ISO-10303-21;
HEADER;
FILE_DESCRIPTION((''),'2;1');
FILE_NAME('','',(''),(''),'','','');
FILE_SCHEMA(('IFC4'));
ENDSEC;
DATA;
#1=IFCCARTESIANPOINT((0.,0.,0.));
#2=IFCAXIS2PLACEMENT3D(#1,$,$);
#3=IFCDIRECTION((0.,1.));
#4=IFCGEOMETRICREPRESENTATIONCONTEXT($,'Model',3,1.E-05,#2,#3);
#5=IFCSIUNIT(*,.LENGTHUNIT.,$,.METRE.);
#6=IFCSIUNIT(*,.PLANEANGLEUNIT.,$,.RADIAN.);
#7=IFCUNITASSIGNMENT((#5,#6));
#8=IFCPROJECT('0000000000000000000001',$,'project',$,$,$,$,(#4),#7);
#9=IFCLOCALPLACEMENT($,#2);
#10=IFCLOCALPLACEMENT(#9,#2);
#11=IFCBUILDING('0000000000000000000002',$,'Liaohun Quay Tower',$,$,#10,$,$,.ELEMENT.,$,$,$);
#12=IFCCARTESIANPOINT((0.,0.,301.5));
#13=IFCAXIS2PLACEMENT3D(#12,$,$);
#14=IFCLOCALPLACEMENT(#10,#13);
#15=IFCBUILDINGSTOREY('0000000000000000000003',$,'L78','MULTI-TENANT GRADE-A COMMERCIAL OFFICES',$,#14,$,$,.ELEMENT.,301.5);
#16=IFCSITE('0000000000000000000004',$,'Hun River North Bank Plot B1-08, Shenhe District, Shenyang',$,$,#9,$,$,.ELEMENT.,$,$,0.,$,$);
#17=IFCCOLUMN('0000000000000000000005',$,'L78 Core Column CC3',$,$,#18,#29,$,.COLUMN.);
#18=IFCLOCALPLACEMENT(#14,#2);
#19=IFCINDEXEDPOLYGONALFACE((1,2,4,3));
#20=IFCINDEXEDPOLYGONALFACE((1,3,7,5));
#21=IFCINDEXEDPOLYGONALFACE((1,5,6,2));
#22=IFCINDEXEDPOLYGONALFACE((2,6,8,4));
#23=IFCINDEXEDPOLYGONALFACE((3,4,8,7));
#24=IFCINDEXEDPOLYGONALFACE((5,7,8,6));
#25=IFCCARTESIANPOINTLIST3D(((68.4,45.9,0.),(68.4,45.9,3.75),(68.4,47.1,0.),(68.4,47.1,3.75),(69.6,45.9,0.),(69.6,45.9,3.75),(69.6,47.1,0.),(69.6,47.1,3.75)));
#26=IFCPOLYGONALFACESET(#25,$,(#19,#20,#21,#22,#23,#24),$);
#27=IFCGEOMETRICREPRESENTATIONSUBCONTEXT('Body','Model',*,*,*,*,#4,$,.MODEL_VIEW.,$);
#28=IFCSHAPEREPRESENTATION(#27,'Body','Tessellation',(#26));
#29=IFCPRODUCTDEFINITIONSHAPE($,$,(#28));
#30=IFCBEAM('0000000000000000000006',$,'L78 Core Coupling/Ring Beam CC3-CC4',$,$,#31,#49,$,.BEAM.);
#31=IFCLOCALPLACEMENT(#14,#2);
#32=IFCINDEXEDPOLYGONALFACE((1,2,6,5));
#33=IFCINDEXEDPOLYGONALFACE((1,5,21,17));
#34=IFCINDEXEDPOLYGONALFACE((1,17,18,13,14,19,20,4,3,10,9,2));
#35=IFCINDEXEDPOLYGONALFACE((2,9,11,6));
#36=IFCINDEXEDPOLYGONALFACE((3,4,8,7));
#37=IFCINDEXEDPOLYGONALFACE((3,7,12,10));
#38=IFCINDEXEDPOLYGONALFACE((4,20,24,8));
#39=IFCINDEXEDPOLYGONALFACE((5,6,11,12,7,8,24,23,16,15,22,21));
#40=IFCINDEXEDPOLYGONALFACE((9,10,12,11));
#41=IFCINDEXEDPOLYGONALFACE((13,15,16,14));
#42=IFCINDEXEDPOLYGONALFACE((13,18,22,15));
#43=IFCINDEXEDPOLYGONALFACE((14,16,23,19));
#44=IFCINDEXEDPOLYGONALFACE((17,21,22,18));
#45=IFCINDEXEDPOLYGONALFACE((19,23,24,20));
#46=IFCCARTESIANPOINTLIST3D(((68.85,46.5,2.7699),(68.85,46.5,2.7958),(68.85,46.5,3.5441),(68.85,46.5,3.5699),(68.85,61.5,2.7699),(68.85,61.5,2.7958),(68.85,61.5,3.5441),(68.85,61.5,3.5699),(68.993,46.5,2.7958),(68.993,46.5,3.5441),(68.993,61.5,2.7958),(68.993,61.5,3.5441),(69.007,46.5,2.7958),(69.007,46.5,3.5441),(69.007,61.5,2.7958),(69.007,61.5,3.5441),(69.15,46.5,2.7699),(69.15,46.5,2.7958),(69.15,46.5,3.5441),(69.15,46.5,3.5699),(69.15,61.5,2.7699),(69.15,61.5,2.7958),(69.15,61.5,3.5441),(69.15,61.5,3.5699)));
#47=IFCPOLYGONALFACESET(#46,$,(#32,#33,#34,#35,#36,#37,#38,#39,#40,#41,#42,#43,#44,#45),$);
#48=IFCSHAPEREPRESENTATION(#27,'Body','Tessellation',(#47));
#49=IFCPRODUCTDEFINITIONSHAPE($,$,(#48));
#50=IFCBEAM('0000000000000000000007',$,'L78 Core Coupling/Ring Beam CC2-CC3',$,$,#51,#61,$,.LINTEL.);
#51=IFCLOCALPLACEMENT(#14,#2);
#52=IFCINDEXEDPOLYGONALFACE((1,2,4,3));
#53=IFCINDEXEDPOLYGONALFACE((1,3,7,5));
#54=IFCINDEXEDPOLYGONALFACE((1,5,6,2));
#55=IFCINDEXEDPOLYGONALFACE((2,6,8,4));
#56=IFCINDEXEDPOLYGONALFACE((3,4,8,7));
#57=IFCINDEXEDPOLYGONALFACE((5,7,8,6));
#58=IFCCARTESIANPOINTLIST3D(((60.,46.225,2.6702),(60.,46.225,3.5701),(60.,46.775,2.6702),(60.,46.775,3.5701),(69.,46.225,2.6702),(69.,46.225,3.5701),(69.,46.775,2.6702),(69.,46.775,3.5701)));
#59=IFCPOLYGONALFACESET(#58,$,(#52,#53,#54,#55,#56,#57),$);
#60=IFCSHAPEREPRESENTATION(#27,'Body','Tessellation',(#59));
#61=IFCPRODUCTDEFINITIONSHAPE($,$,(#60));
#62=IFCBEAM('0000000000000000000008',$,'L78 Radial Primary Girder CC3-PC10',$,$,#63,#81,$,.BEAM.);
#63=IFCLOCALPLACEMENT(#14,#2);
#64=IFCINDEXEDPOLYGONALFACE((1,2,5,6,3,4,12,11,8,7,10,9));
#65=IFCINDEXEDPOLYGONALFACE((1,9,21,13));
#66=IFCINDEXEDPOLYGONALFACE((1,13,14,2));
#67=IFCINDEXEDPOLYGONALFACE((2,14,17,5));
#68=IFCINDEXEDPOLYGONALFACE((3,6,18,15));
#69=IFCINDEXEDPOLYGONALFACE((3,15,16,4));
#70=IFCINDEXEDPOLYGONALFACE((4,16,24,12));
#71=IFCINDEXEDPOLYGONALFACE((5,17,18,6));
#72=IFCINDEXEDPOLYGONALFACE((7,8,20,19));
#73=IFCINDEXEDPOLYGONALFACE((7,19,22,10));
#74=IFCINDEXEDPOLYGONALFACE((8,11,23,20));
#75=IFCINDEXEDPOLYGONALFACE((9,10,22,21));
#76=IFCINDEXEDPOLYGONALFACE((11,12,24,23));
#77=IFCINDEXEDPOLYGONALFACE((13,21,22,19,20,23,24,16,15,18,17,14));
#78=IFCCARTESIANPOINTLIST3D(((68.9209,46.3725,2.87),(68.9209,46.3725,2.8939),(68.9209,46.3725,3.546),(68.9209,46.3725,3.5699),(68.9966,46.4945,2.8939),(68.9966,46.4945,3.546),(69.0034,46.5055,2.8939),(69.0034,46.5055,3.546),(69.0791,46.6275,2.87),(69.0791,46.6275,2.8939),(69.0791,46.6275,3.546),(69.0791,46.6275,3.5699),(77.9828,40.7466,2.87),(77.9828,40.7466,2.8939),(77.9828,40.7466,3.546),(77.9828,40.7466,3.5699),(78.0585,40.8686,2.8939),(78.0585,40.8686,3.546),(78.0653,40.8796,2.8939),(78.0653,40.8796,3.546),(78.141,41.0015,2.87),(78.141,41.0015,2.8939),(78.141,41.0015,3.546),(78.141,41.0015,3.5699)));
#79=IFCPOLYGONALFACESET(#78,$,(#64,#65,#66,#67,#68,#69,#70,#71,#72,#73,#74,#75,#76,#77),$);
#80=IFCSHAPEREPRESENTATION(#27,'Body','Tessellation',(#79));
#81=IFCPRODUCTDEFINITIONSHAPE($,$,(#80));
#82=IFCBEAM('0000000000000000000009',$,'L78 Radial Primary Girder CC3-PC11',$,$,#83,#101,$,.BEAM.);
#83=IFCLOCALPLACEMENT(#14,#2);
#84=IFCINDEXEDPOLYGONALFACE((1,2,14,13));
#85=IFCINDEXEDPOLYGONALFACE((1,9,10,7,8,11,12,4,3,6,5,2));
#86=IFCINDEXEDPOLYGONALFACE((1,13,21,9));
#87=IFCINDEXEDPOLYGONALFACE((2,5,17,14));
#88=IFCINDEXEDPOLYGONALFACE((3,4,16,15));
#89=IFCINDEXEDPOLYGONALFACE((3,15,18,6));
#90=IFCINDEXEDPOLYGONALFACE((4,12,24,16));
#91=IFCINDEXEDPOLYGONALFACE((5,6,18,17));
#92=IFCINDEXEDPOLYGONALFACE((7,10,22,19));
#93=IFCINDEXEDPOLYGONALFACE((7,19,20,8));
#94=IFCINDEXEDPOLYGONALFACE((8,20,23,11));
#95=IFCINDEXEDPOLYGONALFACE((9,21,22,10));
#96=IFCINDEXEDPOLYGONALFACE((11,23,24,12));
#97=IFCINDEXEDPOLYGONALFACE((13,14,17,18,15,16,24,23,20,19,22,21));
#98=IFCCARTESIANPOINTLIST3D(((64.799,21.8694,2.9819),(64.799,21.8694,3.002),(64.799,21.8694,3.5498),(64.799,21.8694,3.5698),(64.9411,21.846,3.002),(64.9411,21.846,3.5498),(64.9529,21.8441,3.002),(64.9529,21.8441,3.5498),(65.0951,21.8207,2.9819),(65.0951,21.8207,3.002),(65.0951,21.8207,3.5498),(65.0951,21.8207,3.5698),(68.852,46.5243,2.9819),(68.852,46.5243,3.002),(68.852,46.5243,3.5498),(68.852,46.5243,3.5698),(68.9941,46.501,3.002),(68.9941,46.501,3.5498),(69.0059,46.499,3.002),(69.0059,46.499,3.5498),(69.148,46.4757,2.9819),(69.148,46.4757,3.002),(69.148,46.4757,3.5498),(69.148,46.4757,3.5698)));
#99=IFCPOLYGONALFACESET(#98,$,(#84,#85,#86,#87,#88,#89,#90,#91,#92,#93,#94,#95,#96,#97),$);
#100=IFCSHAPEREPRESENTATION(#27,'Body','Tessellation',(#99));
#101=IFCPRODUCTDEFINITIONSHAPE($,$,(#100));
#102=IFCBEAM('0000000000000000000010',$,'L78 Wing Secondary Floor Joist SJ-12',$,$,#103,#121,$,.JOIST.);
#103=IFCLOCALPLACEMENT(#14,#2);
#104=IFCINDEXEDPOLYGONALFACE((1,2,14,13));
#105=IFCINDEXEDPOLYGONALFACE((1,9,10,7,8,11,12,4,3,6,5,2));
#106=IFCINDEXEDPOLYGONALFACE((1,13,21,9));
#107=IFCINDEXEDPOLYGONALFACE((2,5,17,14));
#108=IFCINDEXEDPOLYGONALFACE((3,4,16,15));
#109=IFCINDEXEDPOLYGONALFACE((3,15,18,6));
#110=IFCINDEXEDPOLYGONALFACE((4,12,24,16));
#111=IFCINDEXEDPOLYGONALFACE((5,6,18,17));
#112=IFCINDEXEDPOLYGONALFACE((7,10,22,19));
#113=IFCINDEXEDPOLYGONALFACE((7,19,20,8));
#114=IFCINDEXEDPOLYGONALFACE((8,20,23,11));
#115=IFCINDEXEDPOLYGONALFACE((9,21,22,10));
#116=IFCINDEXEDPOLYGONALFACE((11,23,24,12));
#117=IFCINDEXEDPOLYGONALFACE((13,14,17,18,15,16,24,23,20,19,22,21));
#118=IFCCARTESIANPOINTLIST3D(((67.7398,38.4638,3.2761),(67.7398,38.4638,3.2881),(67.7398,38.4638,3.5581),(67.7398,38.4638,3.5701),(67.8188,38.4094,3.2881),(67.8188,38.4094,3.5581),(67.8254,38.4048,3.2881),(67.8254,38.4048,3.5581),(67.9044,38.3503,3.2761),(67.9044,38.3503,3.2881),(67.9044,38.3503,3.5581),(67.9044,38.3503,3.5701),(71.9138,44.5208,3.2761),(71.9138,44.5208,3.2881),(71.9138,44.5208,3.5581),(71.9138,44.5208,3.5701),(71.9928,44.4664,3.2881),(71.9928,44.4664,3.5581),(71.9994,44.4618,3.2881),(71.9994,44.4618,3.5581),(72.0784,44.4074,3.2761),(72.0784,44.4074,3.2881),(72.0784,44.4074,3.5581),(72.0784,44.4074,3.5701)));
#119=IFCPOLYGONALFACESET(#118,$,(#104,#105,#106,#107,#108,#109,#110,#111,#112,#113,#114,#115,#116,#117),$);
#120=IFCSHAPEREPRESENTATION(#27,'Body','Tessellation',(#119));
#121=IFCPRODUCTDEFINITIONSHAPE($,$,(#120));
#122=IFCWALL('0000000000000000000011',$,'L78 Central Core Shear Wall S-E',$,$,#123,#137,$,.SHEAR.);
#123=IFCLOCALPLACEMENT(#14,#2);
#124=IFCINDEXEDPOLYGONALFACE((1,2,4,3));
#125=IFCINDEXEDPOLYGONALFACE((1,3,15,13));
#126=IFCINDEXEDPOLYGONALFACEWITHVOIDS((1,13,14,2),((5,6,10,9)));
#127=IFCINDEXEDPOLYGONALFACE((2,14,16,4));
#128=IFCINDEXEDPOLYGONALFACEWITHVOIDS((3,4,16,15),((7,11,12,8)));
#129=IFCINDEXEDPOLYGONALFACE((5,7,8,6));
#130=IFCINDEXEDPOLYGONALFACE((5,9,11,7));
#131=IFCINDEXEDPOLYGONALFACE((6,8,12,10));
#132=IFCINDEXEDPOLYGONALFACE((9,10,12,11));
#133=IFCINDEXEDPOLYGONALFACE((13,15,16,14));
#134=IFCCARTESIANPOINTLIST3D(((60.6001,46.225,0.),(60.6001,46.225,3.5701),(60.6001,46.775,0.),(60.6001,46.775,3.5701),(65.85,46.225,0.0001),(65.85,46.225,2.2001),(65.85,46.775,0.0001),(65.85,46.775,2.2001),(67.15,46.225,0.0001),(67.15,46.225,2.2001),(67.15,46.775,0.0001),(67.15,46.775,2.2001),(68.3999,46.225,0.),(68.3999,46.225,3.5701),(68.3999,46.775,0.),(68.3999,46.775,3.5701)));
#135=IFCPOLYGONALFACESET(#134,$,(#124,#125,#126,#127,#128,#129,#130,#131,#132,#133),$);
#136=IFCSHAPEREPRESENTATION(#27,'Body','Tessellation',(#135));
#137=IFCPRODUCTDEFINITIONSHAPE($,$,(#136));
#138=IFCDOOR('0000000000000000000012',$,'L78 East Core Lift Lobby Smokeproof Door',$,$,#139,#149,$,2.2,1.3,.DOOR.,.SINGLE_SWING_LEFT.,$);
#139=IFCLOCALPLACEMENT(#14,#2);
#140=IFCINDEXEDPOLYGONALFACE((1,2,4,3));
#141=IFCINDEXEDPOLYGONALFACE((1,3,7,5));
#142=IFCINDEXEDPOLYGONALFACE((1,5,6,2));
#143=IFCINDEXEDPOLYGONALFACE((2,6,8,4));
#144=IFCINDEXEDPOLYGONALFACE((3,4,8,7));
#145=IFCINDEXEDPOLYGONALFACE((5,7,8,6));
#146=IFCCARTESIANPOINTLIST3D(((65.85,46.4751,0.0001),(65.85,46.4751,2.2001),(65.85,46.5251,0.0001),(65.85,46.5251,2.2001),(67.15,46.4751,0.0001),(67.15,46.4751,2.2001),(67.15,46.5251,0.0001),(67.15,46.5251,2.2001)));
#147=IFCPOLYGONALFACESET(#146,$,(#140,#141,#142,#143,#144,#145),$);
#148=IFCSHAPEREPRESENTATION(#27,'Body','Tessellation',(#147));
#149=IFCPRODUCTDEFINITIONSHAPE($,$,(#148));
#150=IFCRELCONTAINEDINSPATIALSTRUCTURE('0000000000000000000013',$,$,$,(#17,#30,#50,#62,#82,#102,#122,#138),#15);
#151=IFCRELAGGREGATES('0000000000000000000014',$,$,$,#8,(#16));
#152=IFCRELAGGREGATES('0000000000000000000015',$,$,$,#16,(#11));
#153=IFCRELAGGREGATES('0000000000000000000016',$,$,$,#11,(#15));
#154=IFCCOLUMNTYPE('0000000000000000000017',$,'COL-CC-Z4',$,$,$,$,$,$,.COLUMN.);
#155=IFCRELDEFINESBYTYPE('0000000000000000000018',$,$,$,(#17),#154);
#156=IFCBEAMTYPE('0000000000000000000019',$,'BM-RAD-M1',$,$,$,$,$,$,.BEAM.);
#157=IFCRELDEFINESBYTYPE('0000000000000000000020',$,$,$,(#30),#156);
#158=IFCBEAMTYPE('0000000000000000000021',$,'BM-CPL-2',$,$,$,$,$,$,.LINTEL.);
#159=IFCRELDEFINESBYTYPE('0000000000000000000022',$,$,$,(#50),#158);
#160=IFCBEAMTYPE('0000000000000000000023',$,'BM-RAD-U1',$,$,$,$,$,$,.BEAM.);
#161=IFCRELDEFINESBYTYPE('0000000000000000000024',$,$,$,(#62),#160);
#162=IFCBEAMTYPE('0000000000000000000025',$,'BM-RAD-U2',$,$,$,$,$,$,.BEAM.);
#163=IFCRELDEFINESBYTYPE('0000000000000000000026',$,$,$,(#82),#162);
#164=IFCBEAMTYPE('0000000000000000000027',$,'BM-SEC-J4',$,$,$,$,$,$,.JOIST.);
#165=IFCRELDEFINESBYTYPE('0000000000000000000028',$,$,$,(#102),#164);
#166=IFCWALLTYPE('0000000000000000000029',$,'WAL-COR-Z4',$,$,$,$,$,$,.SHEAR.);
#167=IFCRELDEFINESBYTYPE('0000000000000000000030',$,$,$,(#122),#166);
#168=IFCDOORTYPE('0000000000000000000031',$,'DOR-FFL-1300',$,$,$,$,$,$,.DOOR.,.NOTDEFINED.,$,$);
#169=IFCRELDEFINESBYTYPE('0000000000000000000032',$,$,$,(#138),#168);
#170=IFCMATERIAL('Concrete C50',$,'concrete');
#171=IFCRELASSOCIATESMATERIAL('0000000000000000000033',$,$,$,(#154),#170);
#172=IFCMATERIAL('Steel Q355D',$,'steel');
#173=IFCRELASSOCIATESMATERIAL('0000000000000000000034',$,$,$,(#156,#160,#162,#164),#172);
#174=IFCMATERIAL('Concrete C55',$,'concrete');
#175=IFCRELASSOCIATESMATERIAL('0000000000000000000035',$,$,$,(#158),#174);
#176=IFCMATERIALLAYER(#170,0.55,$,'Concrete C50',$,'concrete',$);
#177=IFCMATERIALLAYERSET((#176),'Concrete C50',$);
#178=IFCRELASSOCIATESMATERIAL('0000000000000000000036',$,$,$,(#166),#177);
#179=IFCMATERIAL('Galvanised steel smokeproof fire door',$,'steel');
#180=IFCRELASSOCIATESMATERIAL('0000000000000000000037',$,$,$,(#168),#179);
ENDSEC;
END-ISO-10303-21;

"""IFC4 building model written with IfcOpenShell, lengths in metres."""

from ifc_helpers import new_model, si_unit, direction, frame, frame_2d, origin, origin_2d, place, context, subcontext, project, spatial, rectangle, i_section, extrude, source, transform, mapped, material, layer, layer_set, material_profile, profile_set, type_object, element, fill, save


model = new_model("IFC4")

# Units and contexts
model_context = context("Model", 3, precision=1e-05, world=origin(), true_north=direction((0.0, 1.0)))
body_context = subcontext(model_context, "Body", "Model", "MODEL_VIEW")
ifc_project = project(units=[si_unit("LENGTHUNIT", "METRE"), si_unit("PLANEANGLEUNIT", "RADIAN")], contexts=[model_context])

# Site, building, storey
site_placement = place(None, origin())
site = spatial("IfcSite", under=ifc_project, at=site_placement, Name="Hun River North Bank Plot B1-08, Shenhe District, Shenyang", CompositionType="ELEMENT", RefElevation=0.0)
building_placement = place(site_placement, origin())
building = spatial("IfcBuilding", under=site, at=building_placement, Name="Liaohun Quay Tower", CompositionType="ELEMENT")
storey_placement = place(building_placement, frame((0.0, 0.0, 301.5)))
storey = spatial("IfcBuildingStorey", under=building, at=storey_placement, Name="L78", Description="MULTI-TENANT GRADE-A COMMERCIAL OFFICES", CompositionType="ELEMENT", Elevation=301.5)

# Column
ifc_material_1 = material(Name="Concrete C50", Category="concrete")
ifc_material_profile_1 = material_profile(ifc_material_1, rectangle(XDim=1.2, YDim=1.2, at=origin_2d()), Name="RC1200x1200")
ifc_profile_set_1 = profile_set([ifc_material_profile_1], Name="Concrete C50")
column_type = type_object("IfcColumnType", Name="COL-CC-Z4", PredefinedType="COLUMN", material=ifc_profile_set_1)
shared_shape_1 = source(origin(), body_context, "Body", "SweptSolid", [
    extrude(rectangle(XDim=1.2, YDim=1.2, at=origin_2d()), origin(), (0.0, 0.0, 1.0), 3.75),
])
column_placement = place(storey_placement, frame((69.0, 46.5, 0.0), z_axis=(0.0, 0.0, 1.0), x_axis=(1.0, 0.0, 0.0)))
element("IfcColumn", 1, at=column_placement, inside=storey, type_object=column_type, Name="L78 Core Column CC3", PredefinedType="COLUMN", context=body_context, shape_type="MappedRepresentation", body=[
    mapped(shared_shape_1, transform((0.0, 0.0, 0.0), x_axis=(1.0, 0.0, 0.0), y_axis=(0.0, 1.0, 0.0), z_axis=(0.0, 0.0, 1.0), scale=1.0)),
])

# Beams
ifc_material_2 = material(Name="Steel Q355D", Category="steel")
ifc_material_profile_2 = material_profile(ifc_material_2, i_section(OverallWidth=0.3, OverallDepth=0.8, WebThickness=0.0139, FlangeThickness=0.0259, at=origin_2d()), Name="HN800x300x14x26")
ifc_profile_set_2 = profile_set([ifc_material_profile_2], Name="Steel Q355D")
beam_type_1 = type_object("IfcBeamType", Name="BM-RAD-M1", PredefinedType="BEAM", material=ifc_profile_set_2)
shared_shape_2 = source(origin(), body_context, "Body", "SweptSolid", [
    extrude(i_section(OverallWidth=0.3, OverallDepth=0.8, WebThickness=0.0139, FlangeThickness=0.0259, at=origin_2d()), origin(), (0.0, 0.0, 1.0), 15.0),
])
beam_1_placement = place(storey_placement, frame((69.0, 46.5, 3.1699), z_axis=(0.0, 1.0, 0.0), x_axis=(-1.0, 0.0, 0.0)))
element("IfcBeam", 2, at=beam_1_placement, inside=storey, type_object=beam_type_1, Name="L78 Core Coupling/Ring Beam CC3-CC4", PredefinedType="BEAM", context=body_context, shape_type="MappedRepresentation", body=[
    mapped(shared_shape_2, transform((0.0, 0.0, 0.0), x_axis=(1.0, 0.0, 0.0), y_axis=(0.0, 1.0, 0.0), z_axis=(0.0, 0.0, 1.0), scale=1.0)),
])
ifc_material_3 = material(Name="Concrete C55", Category="concrete")
ifc_material_profile_3 = material_profile(ifc_material_3, rectangle(XDim=0.55, YDim=0.8999, at=origin_2d()), Name="RC550x900")
ifc_profile_set_3 = profile_set([ifc_material_profile_3], Name="Concrete C55")
beam_type_2 = type_object("IfcBeamType", Name="BM-CPL-2", PredefinedType="LINTEL", material=ifc_profile_set_3)
shared_shape_3 = source(origin(), body_context, "Body", "SweptSolid", [
    extrude(rectangle(XDim=0.55, YDim=0.8999, at=origin_2d()), origin(), (0.0, 0.0, 1.0), 9.0),
])
beam_2_placement = place(storey_placement, frame((60.0, 46.5, 3.1201), z_axis=(1.0, 0.0, 0.0), x_axis=(0.0, 1.0, 0.0)))
element("IfcBeam", 3, at=beam_2_placement, inside=storey, type_object=beam_type_2, Name="L78 Core Coupling/Ring Beam CC2-CC3", PredefinedType="LINTEL", context=body_context, shape_type="MappedRepresentation", body=[
    mapped(shared_shape_3, transform((0.0, 0.0, 0.0), x_axis=(1.0, 0.0, 0.0), y_axis=(0.0, 1.0, 0.0), z_axis=(0.0, 0.0, 1.0), scale=1.0)),
])
ifc_material_profile_4 = material_profile(ifc_material_2, i_section(OverallWidth=0.3, OverallDepth=0.7, WebThickness=0.0129, FlangeThickness=0.0239, at=origin_2d()), Name="HN700x300x13x24")
ifc_profile_set_4 = profile_set([ifc_material_profile_4], Name="Steel Q355D")
beam_type_3 = type_object("IfcBeamType", Name="BM-RAD-U1", PredefinedType="BEAM", material=ifc_profile_set_4)
shared_shape_4 = source(origin(), body_context, "Body", "SweptSolid", [
    extrude(i_section(OverallWidth=0.3, OverallDepth=0.7, WebThickness=0.0129, FlangeThickness=0.0239, at=origin_2d()), origin(), (0.0, 0.0, 1.0), 10.6663),
])
beam_3_placement = place(storey_placement, frame((69.0, 46.5, 3.22), z_axis=(0.849586, -0.527449, 0.0), x_axis=(0.527449, 0.849586, 0.0)))
element("IfcBeam", 4, at=beam_3_placement, inside=storey, type_object=beam_type_3, Name="L78 Radial Primary Girder CC3-PC10", PredefinedType="BEAM", context=body_context, shape_type="MappedRepresentation", body=[
    mapped(shared_shape_4, transform((0.0, 0.0, 0.0), x_axis=(1.0, 0.0, 0.0), y_axis=(0.0, 1.0, 0.0), z_axis=(0.0, 0.0, 1.0), scale=1.0)),
])
ifc_material_profile_5 = material_profile(ifc_material_2, i_section(OverallWidth=0.3, OverallDepth=0.5879, WebThickness=0.012, FlangeThickness=0.02, at=origin_2d()), Name="HM588x300x12x20")
ifc_profile_set_5 = profile_set([ifc_material_profile_5], Name="Steel Q355D")
beam_type_4 = type_object("IfcBeamType", Name="BM-RAD-U2", PredefinedType="BEAM", material=ifc_profile_set_5)
shared_shape_5 = source(origin(), body_context, "Body", "SweptSolid", [
    extrude(i_section(OverallWidth=0.3, OverallDepth=0.5879, WebThickness=0.012, FlangeThickness=0.02, at=origin_2d()), origin(), (0.0, 0.0, 1.0), 24.9858),
])
beam_4_placement = place(storey_placement, frame((69.0, 46.5, 3.2759), z_axis=(-0.16221, -0.986756, 0.0), x_axis=(0.986756, -0.16221, 0.0)))
element("IfcBeam", 5, at=beam_4_placement, inside=storey, type_object=beam_type_4, Name="L78 Radial Primary Girder CC3-PC11", PredefinedType="BEAM", context=body_context, shape_type="MappedRepresentation", body=[
    mapped(shared_shape_5, transform((0.0, 0.0, 0.0), x_axis=(1.0, 0.0, 0.0), y_axis=(0.0, 1.0, 0.0), z_axis=(0.0, 0.0, 1.0), scale=1.0)),
])
ifc_material_profile_6 = material_profile(ifc_material_2, i_section(OverallWidth=0.2, OverallDepth=0.2939, WebThickness=0.0081, FlangeThickness=0.012, at=origin_2d()), Name="HM294x200x8x12")
ifc_profile_set_6 = profile_set([ifc_material_profile_6], Name="Steel Q355D")
beam_type_5 = type_object("IfcBeamType", Name="BM-SEC-J4", PredefinedType="JOIST", material=ifc_profile_set_6)
shared_shape_6 = source(origin(), body_context, "Body", "SweptSolid", [
    extrude(i_section(OverallWidth=0.2, OverallDepth=0.2939, WebThickness=0.0081, FlangeThickness=0.012, at=origin_2d()), origin(), (0.0, 0.0, 1.0), 7.356),
])
beam_5_placement = place(storey_placement, frame((71.9961, 44.4641, 3.4231), z_axis=(-0.567433, -0.82342, 0.0), x_axis=(0.82342, -0.567433, 0.0)))
element("IfcBeam", 6, at=beam_5_placement, inside=storey, type_object=beam_type_5, Name="L78 Wing Secondary Floor Joist SJ-12", PredefinedType="JOIST", context=body_context, shape_type="MappedRepresentation", body=[
    mapped(shared_shape_6, transform((0.0, 0.0, 0.0), x_axis=(1.0, 0.0, 0.0), y_axis=(0.0, 1.0, 0.0), z_axis=(0.0, 0.0, 1.0), scale=1.0)),
])

# Wall, opening, door
ifc_layer_1 = layer(ifc_material_1, 0.55, Name="Concrete C50", Category="concrete")
ifc_layer_set_1 = layer_set([ifc_layer_1], Name="Concrete C50")
wall_type_1 = type_object("IfcWallType", Name="WAL-COR-Z4", PredefinedType="SHEAR", material=ifc_layer_set_1)
wall_1_placement = place(storey_placement, frame((68.3999, 46.5, 0.0), z_axis=(0.0, 0.0, 1.0), x_axis=(-1.0, 0.0, 0.0)))
wall_1 = element("IfcWall", 7, at=wall_1_placement, inside=storey, type_object=wall_type_1, Name="L78 Central Core Shear Wall S-E", PredefinedType="SHEAR", context=body_context, shape_type="SweptSolid", body=[
    extrude(rectangle(XDim=7.7998, YDim=0.55, at=frame_2d((3.8999, 0.0))), origin(), (0.0, 0.0, 1.0), 3.5701),
])
shared_shape_7 = source(origin(), body_context, "Body", "SweptSolid", [
    extrude(rectangle(XDim=1.3, YDim=2.2, at=frame_2d((0.6499, 1.1001))), frame((0.0, 0.2849, 0.0), z_axis=(0.0, -1.0, 0.0), x_axis=(1.0, 0.0, 0.0)), (0.0, 0.0, 1.0), 0.5701),
])
opening_1_placement = place(wall_1_placement, frame((1.25, 0.0, 0.0)))
opening_1 = element("IfcOpeningElement", 8, at=opening_1_placement, cuts=wall_1, PredefinedType="OPENING", context=body_context, shape_type="MappedRepresentation", body=[
    mapped(shared_shape_7, transform((0.0, 0.0, 0.0), x_axis=(1.0, 0.0, 0.0), y_axis=(0.0, 1.0, 0.0), z_axis=(0.0, 0.0, 1.0), scale=1.0)),
])
ifc_material_4 = material(Name="Galvanised steel smokeproof fire door", Category="steel")
door_type_1 = type_object("IfcDoorType", Name="DOR-FFL-1300", OperationType="NOTDEFINED", PredefinedType="DOOR", material=ifc_material_4)
shared_shape_8 = source(origin(), body_context, "Body", "SweptSolid", [
    extrude(rectangle(XDim=1.3, YDim=2.2, at=frame_2d((0.6499, 1.1001))), frame((0.0, 0.0249, 0.0), z_axis=(0.0, -1.0, 0.0), x_axis=(1.0, 0.0, 0.0)), (0.0, 0.0, 1.0), 0.05),
])
door_1_placement = place(opening_1_placement, origin())
door_1 = element("IfcDoor", 9, at=door_1_placement, inside=storey, type_object=door_type_1, Name="L78 East Core Lift Lobby Smokeproof Door", OperationType="SINGLE_SWING_LEFT", OverallHeight=2.2, OverallWidth=1.3, PredefinedType="DOOR", context=body_context, shape_type="MappedRepresentation", body=[
    mapped(shared_shape_8, transform((0.0, 0.0, 0.0), x_axis=(1.0, 0.0, 0.0), y_axis=(0.0, 1.0, 0.0), z_axis=(0.0, 0.0, 1.0), scale=1.0)),
])
fill(opening_1, door_1)

save(model, "model.ifc")
